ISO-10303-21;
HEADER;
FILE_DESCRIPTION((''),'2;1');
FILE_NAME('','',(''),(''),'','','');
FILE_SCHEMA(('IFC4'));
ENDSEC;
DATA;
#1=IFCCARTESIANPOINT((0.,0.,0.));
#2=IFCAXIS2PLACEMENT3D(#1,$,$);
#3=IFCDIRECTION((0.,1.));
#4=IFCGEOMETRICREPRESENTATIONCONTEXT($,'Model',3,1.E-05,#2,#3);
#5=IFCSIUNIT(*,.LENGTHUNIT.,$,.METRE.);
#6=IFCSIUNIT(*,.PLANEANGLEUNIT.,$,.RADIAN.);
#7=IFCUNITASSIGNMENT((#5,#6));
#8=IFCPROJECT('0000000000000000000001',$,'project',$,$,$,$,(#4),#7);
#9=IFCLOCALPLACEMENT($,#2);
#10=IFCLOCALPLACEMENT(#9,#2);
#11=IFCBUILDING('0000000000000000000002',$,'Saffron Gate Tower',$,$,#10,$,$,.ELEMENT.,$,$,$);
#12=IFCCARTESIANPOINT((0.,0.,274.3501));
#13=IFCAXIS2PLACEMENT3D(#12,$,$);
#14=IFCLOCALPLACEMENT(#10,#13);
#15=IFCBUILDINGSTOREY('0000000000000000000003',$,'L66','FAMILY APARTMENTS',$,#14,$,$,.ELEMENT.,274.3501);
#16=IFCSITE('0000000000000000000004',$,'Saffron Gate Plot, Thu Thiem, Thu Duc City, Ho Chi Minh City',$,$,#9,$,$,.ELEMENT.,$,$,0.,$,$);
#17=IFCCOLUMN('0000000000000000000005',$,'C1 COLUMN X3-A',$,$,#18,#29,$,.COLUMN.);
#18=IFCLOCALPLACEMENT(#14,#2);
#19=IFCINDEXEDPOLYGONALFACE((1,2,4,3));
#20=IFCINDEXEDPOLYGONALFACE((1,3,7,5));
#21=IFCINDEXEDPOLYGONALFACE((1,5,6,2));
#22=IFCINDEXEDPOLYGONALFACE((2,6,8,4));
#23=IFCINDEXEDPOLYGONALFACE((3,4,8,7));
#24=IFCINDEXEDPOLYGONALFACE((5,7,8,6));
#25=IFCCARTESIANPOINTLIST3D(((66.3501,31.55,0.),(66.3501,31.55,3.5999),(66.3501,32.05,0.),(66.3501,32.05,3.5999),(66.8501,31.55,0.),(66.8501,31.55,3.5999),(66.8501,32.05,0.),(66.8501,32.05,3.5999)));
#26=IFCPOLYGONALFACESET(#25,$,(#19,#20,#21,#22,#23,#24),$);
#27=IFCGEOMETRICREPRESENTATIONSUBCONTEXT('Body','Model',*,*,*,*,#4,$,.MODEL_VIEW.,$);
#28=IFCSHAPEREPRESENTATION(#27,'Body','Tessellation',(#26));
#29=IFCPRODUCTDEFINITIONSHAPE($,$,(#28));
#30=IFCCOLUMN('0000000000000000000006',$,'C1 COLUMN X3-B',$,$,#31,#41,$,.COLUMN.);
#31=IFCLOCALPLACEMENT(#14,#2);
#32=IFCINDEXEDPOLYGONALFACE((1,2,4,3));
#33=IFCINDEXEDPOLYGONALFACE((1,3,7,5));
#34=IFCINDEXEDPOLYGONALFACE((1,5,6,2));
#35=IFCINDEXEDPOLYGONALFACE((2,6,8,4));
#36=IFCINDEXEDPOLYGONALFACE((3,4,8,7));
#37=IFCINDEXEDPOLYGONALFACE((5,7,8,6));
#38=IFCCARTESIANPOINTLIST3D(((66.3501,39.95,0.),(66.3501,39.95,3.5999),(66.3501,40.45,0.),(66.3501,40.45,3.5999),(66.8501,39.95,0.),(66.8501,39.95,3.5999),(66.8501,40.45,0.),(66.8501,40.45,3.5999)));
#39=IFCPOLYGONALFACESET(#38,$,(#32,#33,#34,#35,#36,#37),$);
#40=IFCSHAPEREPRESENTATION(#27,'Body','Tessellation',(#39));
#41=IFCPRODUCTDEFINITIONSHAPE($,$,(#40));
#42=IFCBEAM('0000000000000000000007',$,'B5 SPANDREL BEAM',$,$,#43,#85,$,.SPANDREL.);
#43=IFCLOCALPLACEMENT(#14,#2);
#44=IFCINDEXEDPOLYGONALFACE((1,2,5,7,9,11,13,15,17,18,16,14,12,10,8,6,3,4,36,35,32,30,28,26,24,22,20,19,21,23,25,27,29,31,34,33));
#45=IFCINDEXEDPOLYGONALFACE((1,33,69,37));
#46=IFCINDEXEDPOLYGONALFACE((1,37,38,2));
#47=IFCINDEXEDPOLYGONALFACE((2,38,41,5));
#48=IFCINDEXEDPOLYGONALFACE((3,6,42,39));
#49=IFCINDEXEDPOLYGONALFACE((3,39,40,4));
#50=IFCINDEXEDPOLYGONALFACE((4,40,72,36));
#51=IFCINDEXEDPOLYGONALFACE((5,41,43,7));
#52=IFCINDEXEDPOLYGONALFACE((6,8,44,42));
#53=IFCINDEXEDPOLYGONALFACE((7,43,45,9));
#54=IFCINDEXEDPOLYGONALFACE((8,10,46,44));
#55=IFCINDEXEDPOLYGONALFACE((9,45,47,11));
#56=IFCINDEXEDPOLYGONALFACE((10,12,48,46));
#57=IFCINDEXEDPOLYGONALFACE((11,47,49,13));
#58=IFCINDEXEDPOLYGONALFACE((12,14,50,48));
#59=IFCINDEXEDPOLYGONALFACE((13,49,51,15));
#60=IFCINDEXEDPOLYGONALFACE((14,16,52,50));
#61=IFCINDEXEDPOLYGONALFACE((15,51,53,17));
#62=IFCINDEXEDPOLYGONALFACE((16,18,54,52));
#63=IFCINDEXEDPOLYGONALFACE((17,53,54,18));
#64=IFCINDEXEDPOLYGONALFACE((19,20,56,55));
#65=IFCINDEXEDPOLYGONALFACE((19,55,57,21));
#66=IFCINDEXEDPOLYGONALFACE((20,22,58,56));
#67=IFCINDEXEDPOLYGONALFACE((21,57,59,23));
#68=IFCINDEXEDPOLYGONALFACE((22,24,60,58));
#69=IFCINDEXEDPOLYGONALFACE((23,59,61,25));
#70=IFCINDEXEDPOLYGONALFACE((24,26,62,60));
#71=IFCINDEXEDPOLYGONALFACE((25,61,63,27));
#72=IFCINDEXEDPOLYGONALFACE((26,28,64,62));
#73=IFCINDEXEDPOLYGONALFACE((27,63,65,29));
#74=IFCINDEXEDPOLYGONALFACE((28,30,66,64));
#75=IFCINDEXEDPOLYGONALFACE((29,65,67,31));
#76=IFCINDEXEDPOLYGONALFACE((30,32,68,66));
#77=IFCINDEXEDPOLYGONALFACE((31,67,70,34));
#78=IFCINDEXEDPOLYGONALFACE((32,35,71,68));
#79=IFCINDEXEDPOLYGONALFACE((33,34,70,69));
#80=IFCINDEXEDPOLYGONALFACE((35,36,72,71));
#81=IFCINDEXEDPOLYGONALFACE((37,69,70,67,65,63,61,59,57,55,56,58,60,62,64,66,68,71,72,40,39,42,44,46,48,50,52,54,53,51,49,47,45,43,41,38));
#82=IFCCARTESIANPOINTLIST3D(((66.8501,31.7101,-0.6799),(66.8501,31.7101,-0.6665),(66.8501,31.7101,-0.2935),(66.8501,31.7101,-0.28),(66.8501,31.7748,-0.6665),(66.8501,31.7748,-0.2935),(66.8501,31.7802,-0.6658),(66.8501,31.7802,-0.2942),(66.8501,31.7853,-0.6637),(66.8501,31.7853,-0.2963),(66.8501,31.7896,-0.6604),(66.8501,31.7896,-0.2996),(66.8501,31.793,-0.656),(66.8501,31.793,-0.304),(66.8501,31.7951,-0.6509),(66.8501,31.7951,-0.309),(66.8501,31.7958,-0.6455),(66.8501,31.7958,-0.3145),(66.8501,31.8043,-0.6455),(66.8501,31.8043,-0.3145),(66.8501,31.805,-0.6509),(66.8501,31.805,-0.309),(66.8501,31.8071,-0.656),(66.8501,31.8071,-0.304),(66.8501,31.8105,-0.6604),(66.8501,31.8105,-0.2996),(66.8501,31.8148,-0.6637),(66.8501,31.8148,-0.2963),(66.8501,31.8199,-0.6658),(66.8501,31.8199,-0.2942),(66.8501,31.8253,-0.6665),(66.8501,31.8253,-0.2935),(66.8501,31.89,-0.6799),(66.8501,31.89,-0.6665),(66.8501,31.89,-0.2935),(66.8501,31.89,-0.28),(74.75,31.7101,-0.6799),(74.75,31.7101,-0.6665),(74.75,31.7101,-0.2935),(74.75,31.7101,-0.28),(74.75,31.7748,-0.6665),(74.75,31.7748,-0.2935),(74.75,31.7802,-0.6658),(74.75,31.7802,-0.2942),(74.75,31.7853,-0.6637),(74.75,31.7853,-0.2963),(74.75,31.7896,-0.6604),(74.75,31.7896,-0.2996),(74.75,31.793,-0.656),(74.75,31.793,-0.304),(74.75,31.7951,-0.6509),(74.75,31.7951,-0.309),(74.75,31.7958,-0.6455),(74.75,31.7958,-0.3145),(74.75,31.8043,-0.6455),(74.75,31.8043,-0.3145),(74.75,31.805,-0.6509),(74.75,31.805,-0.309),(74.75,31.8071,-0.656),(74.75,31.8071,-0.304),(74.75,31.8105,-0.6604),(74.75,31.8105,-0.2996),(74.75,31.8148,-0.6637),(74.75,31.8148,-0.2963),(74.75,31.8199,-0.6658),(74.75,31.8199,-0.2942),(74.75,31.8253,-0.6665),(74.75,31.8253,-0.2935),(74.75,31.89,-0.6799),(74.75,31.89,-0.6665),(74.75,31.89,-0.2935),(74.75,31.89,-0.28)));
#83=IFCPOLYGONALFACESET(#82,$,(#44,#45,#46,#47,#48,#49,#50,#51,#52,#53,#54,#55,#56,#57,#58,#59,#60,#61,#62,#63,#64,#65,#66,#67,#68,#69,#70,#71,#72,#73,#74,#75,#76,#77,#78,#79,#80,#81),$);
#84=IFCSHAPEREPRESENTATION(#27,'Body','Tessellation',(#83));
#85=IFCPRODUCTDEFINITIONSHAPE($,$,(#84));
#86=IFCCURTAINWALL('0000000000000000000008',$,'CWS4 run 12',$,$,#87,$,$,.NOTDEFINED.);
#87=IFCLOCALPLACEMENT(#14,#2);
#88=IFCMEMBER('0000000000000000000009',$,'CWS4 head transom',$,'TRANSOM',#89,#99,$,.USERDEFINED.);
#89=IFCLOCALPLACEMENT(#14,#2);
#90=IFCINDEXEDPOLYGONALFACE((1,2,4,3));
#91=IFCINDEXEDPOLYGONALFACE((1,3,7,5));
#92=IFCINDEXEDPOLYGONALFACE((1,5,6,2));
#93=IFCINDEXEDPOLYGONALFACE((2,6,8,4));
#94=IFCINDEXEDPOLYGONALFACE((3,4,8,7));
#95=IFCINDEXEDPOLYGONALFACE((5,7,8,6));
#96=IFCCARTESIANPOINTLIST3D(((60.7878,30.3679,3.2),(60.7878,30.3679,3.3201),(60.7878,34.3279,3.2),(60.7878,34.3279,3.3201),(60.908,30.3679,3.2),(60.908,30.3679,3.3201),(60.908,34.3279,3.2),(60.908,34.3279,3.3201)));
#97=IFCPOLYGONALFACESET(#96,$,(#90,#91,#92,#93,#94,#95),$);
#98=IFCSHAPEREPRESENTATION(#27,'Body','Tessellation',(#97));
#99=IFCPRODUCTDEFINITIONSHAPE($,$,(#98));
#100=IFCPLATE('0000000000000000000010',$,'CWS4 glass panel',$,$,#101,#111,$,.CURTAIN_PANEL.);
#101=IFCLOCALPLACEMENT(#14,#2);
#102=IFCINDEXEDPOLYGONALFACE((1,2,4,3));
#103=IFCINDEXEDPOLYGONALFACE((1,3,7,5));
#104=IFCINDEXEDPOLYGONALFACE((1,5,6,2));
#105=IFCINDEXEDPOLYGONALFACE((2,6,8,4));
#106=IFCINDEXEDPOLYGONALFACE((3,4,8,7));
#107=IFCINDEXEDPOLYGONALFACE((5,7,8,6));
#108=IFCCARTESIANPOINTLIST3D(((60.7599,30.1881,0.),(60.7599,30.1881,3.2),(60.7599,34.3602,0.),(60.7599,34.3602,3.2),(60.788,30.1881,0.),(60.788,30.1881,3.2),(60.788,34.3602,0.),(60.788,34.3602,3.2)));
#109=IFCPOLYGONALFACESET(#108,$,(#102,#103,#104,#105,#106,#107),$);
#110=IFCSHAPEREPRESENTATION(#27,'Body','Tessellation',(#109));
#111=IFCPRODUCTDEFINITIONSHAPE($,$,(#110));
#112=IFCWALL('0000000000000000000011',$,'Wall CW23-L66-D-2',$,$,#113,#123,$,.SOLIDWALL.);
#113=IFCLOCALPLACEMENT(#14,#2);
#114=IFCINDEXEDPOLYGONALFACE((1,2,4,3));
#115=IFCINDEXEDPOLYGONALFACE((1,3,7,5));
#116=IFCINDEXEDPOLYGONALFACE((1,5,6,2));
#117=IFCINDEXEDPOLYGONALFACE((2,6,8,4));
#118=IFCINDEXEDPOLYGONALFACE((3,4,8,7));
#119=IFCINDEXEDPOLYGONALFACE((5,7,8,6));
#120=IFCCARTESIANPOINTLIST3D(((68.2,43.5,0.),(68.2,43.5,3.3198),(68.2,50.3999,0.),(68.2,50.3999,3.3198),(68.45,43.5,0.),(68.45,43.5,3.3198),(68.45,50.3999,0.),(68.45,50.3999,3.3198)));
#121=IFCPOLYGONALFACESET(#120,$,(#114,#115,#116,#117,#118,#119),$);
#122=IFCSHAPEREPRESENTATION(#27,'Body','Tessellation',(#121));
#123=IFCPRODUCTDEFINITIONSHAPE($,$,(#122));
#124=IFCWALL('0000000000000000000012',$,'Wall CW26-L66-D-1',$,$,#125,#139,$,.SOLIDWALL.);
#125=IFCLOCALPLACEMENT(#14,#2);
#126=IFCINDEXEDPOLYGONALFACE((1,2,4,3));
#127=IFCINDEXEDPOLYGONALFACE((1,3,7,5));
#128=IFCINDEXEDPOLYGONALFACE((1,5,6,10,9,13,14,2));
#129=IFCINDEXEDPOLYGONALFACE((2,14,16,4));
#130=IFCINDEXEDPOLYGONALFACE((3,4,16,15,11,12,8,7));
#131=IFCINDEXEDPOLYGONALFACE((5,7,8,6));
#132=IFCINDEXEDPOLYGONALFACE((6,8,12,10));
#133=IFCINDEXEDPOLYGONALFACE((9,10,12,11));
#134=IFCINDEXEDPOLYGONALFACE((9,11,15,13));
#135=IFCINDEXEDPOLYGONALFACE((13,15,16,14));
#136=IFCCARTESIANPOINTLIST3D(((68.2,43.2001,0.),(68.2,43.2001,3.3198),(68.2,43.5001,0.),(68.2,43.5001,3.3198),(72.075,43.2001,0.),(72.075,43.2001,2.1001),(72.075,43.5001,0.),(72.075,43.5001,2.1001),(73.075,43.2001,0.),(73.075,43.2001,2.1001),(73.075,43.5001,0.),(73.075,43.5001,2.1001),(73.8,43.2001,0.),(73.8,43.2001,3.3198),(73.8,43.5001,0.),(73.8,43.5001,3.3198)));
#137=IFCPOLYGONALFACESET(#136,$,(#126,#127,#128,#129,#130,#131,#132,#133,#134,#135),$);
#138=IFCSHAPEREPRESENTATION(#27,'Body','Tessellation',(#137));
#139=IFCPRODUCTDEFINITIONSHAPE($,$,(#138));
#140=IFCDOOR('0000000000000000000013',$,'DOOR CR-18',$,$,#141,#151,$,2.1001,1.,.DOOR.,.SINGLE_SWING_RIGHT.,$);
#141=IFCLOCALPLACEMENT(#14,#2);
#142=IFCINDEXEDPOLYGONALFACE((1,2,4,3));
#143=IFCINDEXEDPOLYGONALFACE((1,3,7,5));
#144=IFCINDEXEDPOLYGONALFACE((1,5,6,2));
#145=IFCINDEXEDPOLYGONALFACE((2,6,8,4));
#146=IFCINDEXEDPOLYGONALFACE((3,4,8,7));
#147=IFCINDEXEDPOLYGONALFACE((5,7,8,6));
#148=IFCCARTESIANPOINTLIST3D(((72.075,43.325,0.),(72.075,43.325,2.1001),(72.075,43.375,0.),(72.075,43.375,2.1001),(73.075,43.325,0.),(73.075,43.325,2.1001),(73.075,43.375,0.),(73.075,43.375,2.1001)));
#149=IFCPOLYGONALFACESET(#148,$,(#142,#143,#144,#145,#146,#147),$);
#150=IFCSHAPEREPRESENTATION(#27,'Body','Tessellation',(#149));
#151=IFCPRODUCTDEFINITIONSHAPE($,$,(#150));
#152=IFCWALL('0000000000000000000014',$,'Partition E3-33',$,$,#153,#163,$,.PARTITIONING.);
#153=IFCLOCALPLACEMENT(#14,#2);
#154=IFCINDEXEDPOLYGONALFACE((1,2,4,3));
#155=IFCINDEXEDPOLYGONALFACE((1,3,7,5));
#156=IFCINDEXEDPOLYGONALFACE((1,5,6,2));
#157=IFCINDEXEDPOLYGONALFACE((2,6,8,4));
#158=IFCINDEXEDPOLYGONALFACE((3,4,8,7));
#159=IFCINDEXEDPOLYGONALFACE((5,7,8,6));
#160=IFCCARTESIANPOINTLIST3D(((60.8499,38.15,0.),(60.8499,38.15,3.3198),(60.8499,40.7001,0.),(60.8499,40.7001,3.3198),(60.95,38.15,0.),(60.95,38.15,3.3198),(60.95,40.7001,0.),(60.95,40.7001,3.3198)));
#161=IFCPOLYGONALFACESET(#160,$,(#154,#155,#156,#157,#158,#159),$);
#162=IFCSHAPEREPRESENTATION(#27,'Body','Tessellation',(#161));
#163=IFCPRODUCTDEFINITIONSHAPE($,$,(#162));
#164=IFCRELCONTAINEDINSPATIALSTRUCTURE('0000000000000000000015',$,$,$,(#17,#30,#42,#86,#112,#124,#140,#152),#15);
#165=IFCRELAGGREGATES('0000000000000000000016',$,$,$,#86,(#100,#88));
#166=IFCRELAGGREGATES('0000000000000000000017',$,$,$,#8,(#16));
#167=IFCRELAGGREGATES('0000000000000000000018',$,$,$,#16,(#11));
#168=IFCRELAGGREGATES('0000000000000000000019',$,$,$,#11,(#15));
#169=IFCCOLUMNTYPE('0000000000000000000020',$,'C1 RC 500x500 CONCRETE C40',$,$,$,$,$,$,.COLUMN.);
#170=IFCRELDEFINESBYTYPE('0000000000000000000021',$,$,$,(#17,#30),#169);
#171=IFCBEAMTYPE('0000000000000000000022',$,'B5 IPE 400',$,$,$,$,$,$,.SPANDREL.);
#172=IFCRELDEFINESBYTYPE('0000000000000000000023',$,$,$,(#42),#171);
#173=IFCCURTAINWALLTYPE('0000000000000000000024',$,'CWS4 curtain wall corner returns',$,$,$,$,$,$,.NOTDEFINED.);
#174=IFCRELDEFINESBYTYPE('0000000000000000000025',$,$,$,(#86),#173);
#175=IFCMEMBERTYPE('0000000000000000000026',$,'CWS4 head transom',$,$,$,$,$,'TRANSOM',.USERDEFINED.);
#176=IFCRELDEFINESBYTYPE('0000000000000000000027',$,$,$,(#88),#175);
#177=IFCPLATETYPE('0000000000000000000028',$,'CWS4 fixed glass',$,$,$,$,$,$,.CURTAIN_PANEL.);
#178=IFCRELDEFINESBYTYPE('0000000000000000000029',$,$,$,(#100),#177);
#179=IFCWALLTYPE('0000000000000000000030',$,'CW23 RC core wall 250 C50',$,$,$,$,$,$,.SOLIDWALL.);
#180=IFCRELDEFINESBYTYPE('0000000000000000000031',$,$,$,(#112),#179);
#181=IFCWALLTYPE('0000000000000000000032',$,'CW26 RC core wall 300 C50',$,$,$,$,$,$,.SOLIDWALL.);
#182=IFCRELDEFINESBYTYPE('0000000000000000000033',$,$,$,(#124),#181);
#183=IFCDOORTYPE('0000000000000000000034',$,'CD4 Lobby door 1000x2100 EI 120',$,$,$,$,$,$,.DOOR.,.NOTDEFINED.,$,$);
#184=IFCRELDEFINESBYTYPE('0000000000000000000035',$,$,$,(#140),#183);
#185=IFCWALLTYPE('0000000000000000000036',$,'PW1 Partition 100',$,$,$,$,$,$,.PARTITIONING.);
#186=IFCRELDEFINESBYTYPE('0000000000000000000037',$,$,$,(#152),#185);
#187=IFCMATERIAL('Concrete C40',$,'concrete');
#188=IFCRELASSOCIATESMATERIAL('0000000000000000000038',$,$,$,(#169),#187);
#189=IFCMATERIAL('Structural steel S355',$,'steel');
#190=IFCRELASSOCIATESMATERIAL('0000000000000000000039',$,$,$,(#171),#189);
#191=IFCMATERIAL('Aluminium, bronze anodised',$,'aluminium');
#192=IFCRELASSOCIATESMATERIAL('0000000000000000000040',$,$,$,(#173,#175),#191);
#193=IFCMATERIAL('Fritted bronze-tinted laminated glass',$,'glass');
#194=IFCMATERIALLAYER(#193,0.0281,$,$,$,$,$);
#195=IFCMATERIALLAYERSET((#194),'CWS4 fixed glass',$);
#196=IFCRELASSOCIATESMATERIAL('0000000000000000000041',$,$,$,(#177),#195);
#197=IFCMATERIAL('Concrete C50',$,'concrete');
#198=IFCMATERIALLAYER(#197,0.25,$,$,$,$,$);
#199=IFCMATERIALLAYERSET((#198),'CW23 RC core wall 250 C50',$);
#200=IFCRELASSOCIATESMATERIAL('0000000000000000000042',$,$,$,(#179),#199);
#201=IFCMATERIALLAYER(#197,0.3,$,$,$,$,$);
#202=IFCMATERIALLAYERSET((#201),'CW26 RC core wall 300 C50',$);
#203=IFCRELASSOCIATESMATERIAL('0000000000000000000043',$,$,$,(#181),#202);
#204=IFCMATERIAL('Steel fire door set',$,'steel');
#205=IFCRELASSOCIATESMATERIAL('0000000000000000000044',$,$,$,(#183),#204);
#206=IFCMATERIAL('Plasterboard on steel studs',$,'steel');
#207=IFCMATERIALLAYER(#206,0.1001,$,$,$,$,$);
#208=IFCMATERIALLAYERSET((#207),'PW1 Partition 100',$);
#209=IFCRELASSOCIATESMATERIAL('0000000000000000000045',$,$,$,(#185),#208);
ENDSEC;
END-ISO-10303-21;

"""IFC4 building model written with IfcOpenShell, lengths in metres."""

from ifc_helpers import new_model, si_unit, direction, frame, frame_2d, origin, origin_2d, place, context, subcontext, project, spatial, rectangle, i_section, extrude, material, layer, layer_set, material_profile, profile_set, type_object, element, fill, aggregate, save


model = new_model("IFC4")

# Units and contexts
model_context = context("Model", 3, precision=1e-05, world=origin(), true_north=direction((0.0, 1.0)))
body_context = subcontext(model_context, "Body", "Model", "MODEL_VIEW")
ifc_project = project(units=[si_unit("LENGTHUNIT", "METRE"), si_unit("PLANEANGLEUNIT", "RADIAN")], contexts=[model_context])

# Site, building, storey
site_placement = place(None, origin())
site = spatial("IfcSite", under=ifc_project, at=site_placement, Name="Saffron Gate Plot, Thu Thiem, Thu Duc City, Ho Chi Minh City", CompositionType="ELEMENT", RefElevation=0.0)
building_placement = place(site_placement, origin())
building = spatial("IfcBuilding", under=site, at=building_placement, Name="Saffron Gate Tower", CompositionType="ELEMENT")
storey_placement = place(building_placement, frame((0.0, 0.0, 274.3501)))
storey = spatial("IfcBuildingStorey", under=building, at=storey_placement, Name="L66", Description="FAMILY APARTMENTS", CompositionType="ELEMENT", Elevation=274.3501)

# Columns
ifc_material_1 = material(Name="Concrete C40", Category="concrete")
ifc_material_profile_1 = material_profile(ifc_material_1, rectangle(XDim=0.5, YDim=0.5, at=origin_2d()))
ifc_profile_set_1 = profile_set([ifc_material_profile_1], Name="Concrete C40")
column_type = type_object("IfcColumnType", Name="C1 RC 500x500 CONCRETE C40", PredefinedType="COLUMN", material=ifc_profile_set_1)
for number, where, z_axis, x_axis, name in (
    (1, (66.6001, 31.8, 0.0), (0.0, 0.0, 1.0), (1.0, 0.0, 0.0), "C1 COLUMN X3-A"),
    (2, (66.6001, 40.2, 0.0), (0.0, 0.0, 1.0), (1.0, 0.0, 0.0), "C1 COLUMN X3-B"),
):
    element("IfcColumn", number, at=place(storey_placement, frame(where, z_axis=z_axis, x_axis=x_axis)), inside=storey, type_object=column_type, Name=name, PredefinedType="COLUMN", context=body_context, shape_type="SweptSolid", body=[
        extrude(rectangle(XDim=0.5, YDim=0.5, at=origin_2d()), origin(), (0.0, 0.0, 1.0), 3.5999),
    ])

# Beam
ifc_material_2 = material(Name="Structural steel S355", Category="steel")
ifc_material_profile_2 = material_profile(ifc_material_2, i_section(OverallWidth=0.1799, OverallDepth=0.3999, WebThickness=0.0085, FlangeThickness=0.0134, FilletRadius=0.021, at=origin_2d()))
ifc_profile_set_2 = profile_set([ifc_material_profile_2], Name="Structural steel S355")
beam_type = type_object("IfcBeamType", Name="B5 IPE 400", PredefinedType="SPANDREL", material=ifc_profile_set_2)
beam_placement = place(storey_placement, frame((66.8501, 31.8, -0.48), z_axis=(1.0, 0.0, 0.0), x_axis=(0.0, 1.0, 0.0)))
element("IfcBeam", 3, at=beam_placement, inside=storey, type_object=beam_type, Name="B5 SPANDREL BEAM", PredefinedType="SPANDREL", context=body_context, shape_type="SweptSolid", body=[
    extrude(i_section(OverallWidth=0.1799, OverallDepth=0.3999, WebThickness=0.0085, FlangeThickness=0.0134, FilletRadius=0.021, at=origin_2d()), origin(), (0.0, 0.0, 1.0), 7.8999),
])

# Curtain wall, member, plate
ifc_material_3 = material(Name="Aluminium, bronze anodised", Category="aluminium")
curtain_wall_type = type_object("IfcCurtainWallType", Name="CWS4 curtain wall corner returns", PredefinedType="NOTDEFINED", material=ifc_material_3)
curtain_wall_placement = place(storey_placement, origin())
curtain_wall = element("IfcCurtainWall", 4, at=curtain_wall_placement, inside=storey, type_object=curtain_wall_type, Name="CWS4 run 12", PredefinedType="NOTDEFINED")
ifc_material_profile_3 = material_profile(ifc_material_3, rectangle(XDim=0.1201, YDim=0.1201, at=origin_2d()))
ifc_profile_set_3 = profile_set([ifc_material_profile_3], Name="Aluminium, bronze anodised")
member_type = type_object("IfcMemberType", Name="CWS4 head transom", ElementType="TRANSOM", PredefinedType="USERDEFINED", material=ifc_profile_set_3)
member_placement = place(storey_placement, frame((60.8479, 34.3279, 3.26), z_axis=(0.0, -1.0, 0.0), x_axis=(1.0, 0.0, 0.0)))
member = element("IfcMember", 5, at=member_placement, type_object=member_type, Name="CWS4 head transom", ObjectType="TRANSOM", PredefinedType="USERDEFINED", context=body_context, shape_type="SweptSolid", body=[
    extrude(rectangle(XDim=0.1201, YDim=0.1201, at=origin_2d()), origin(), (0.0, 0.0, 1.0), 3.96),
])
ifc_material_4 = material(Name="Fritted bronze-tinted laminated glass", Category="glass")
ifc_layer_1 = layer(ifc_material_4, 0.0281)
ifc_layer_set_1 = layer_set([ifc_layer_1], Name="CWS4 fixed glass")
plate_type = type_object("IfcPlateType", Name="CWS4 fixed glass", PredefinedType="CURTAIN_PANEL", material=ifc_layer_set_1)
plate_placement = place(storey_placement, frame((60.7739, 34.3601, 0.0), z_axis=(0.0, 0.0, 1.0), x_axis=(0.0, -1.0, 0.0)))
plate = element("IfcPlate", 6, at=plate_placement, type_object=plate_type, Name="CWS4 glass panel", PredefinedType="CURTAIN_PANEL", context=body_context, shape_type="SweptSolid", body=[
    extrude(rectangle(XDim=4.1721, YDim=0.0281, at=frame_2d((2.0859, 0.0))), origin(), (0.0, 0.0, 1.0), 3.2),
])
aggregate(curtain_wall, [plate, member])

# Wall
ifc_material_5 = material(Name="Concrete C50", Category="concrete")
ifc_layer_2 = layer(ifc_material_5, 0.25)
ifc_layer_set_2 = layer_set([ifc_layer_2], Name="CW23 RC core wall 250 C50")
wall_type_1 = type_object("IfcWallType", Name="CW23 RC core wall 250 C50", PredefinedType="SOLIDWALL", material=ifc_layer_set_2)
wall_1_placement = place(storey_placement, frame((68.325, 43.5, 0.0), z_axis=(0.0, 0.0, 1.0), x_axis=(0.0, 1.0, 0.0)))
element("IfcWall", 7, at=wall_1_placement, inside=storey, type_object=wall_type_1, Name="Wall CW23-L66-D-2", PredefinedType="SOLIDWALL", context=body_context, shape_type="SweptSolid", body=[
    extrude(rectangle(XDim=6.8999, YDim=0.25, at=frame_2d((3.45, 0.0))), origin(), (0.0, 0.0, 1.0), 3.3198),
])

# Wall, opening, door
ifc_layer_3 = layer(ifc_material_5, 0.3)
ifc_layer_set_3 = layer_set([ifc_layer_3], Name="CW26 RC core wall 300 C50")
wall_type_2 = type_object("IfcWallType", Name="CW26 RC core wall 300 C50", PredefinedType="SOLIDWALL", material=ifc_layer_set_3)
wall_2_placement = place(storey_placement, frame((68.2, 43.3501, 0.0), z_axis=(0.0, 0.0, 1.0), x_axis=(1.0, 0.0, 0.0)))
wall_2 = element("IfcWall", 8, at=wall_2_placement, inside=storey, type_object=wall_type_2, Name="Wall CW26-L66-D-1", PredefinedType="SOLIDWALL", context=body_context, shape_type="SweptSolid", body=[
    extrude(rectangle(XDim=5.6001, YDim=0.3, at=frame_2d((2.8, 0.0))), origin(), (0.0, 0.0, 1.0), 3.3198),
])
opening_1_placement = place(wall_2_placement, frame((3.875, 0.0, 0.0)))
opening_1 = element("IfcOpeningElement", 9, at=opening_1_placement, cuts=wall_2, PredefinedType="OPENING", context=body_context, shape_type="SweptSolid", body=[
    extrude(rectangle(XDim=1.0, YDim=2.1001, at=frame_2d((0.5, 1.05))), frame((0.0, 0.1602, 0.0), z_axis=(0.0, -1.0, 0.0), x_axis=(1.0, 0.0, 0.0)), (0.0, 0.0, 1.0), 0.3201),
])
ifc_material_6 = material(Name="Steel fire door set", Category="steel")
door_type_1 = type_object("IfcDoorType", Name="CD4 Lobby door 1000x2100 EI 120", OperationType="NOTDEFINED", PredefinedType="DOOR", material=ifc_material_6)
door_1_placement = place(opening_1_placement, origin())
door_1 = element("IfcDoor", 10, at=door_1_placement, inside=storey, type_object=door_type_1, Name="DOOR CR-18", OperationType="SINGLE_SWING_RIGHT", OverallHeight=2.1001, OverallWidth=1.0, PredefinedType="DOOR", context=body_context, shape_type="SweptSolid", body=[
    extrude(rectangle(XDim=1.0, YDim=2.1001, at=frame_2d((0.5, 1.05))), frame((0.0, 0.0249, 0.0), z_axis=(0.0, -1.0, 0.0), x_axis=(1.0, 0.0, 0.0)), (0.0, 0.0, 1.0), 0.05),
])
fill(opening_1, door_1)

# Wall
ifc_material_7 = material(Name="Plasterboard on steel studs", Category="steel")
ifc_layer_4 = layer(ifc_material_7, 0.1001)
ifc_layer_set_4 = layer_set([ifc_layer_4], Name="PW1 Partition 100")
wall_type_3 = type_object("IfcWallType", Name="PW1 Partition 100", PredefinedType="PARTITIONING", material=ifc_layer_set_4)
wall_3_placement = place(storey_placement, frame((60.8999, 40.7, 0.0), z_axis=(0.0, 0.0, 1.0), x_axis=(0.0, -1.0, 0.0)))
element("IfcWall", 11, at=wall_3_placement, inside=storey, type_object=wall_type_3, Name="Partition E3-33", PredefinedType="PARTITIONING", context=body_context, shape_type="SweptSolid", body=[
    extrude(rectangle(XDim=2.55, YDim=0.1001, at=frame_2d((1.2749, 0.0))), origin(), (0.0, 0.0, 1.0), 3.3198),
])

save(model, "model.ifc")
